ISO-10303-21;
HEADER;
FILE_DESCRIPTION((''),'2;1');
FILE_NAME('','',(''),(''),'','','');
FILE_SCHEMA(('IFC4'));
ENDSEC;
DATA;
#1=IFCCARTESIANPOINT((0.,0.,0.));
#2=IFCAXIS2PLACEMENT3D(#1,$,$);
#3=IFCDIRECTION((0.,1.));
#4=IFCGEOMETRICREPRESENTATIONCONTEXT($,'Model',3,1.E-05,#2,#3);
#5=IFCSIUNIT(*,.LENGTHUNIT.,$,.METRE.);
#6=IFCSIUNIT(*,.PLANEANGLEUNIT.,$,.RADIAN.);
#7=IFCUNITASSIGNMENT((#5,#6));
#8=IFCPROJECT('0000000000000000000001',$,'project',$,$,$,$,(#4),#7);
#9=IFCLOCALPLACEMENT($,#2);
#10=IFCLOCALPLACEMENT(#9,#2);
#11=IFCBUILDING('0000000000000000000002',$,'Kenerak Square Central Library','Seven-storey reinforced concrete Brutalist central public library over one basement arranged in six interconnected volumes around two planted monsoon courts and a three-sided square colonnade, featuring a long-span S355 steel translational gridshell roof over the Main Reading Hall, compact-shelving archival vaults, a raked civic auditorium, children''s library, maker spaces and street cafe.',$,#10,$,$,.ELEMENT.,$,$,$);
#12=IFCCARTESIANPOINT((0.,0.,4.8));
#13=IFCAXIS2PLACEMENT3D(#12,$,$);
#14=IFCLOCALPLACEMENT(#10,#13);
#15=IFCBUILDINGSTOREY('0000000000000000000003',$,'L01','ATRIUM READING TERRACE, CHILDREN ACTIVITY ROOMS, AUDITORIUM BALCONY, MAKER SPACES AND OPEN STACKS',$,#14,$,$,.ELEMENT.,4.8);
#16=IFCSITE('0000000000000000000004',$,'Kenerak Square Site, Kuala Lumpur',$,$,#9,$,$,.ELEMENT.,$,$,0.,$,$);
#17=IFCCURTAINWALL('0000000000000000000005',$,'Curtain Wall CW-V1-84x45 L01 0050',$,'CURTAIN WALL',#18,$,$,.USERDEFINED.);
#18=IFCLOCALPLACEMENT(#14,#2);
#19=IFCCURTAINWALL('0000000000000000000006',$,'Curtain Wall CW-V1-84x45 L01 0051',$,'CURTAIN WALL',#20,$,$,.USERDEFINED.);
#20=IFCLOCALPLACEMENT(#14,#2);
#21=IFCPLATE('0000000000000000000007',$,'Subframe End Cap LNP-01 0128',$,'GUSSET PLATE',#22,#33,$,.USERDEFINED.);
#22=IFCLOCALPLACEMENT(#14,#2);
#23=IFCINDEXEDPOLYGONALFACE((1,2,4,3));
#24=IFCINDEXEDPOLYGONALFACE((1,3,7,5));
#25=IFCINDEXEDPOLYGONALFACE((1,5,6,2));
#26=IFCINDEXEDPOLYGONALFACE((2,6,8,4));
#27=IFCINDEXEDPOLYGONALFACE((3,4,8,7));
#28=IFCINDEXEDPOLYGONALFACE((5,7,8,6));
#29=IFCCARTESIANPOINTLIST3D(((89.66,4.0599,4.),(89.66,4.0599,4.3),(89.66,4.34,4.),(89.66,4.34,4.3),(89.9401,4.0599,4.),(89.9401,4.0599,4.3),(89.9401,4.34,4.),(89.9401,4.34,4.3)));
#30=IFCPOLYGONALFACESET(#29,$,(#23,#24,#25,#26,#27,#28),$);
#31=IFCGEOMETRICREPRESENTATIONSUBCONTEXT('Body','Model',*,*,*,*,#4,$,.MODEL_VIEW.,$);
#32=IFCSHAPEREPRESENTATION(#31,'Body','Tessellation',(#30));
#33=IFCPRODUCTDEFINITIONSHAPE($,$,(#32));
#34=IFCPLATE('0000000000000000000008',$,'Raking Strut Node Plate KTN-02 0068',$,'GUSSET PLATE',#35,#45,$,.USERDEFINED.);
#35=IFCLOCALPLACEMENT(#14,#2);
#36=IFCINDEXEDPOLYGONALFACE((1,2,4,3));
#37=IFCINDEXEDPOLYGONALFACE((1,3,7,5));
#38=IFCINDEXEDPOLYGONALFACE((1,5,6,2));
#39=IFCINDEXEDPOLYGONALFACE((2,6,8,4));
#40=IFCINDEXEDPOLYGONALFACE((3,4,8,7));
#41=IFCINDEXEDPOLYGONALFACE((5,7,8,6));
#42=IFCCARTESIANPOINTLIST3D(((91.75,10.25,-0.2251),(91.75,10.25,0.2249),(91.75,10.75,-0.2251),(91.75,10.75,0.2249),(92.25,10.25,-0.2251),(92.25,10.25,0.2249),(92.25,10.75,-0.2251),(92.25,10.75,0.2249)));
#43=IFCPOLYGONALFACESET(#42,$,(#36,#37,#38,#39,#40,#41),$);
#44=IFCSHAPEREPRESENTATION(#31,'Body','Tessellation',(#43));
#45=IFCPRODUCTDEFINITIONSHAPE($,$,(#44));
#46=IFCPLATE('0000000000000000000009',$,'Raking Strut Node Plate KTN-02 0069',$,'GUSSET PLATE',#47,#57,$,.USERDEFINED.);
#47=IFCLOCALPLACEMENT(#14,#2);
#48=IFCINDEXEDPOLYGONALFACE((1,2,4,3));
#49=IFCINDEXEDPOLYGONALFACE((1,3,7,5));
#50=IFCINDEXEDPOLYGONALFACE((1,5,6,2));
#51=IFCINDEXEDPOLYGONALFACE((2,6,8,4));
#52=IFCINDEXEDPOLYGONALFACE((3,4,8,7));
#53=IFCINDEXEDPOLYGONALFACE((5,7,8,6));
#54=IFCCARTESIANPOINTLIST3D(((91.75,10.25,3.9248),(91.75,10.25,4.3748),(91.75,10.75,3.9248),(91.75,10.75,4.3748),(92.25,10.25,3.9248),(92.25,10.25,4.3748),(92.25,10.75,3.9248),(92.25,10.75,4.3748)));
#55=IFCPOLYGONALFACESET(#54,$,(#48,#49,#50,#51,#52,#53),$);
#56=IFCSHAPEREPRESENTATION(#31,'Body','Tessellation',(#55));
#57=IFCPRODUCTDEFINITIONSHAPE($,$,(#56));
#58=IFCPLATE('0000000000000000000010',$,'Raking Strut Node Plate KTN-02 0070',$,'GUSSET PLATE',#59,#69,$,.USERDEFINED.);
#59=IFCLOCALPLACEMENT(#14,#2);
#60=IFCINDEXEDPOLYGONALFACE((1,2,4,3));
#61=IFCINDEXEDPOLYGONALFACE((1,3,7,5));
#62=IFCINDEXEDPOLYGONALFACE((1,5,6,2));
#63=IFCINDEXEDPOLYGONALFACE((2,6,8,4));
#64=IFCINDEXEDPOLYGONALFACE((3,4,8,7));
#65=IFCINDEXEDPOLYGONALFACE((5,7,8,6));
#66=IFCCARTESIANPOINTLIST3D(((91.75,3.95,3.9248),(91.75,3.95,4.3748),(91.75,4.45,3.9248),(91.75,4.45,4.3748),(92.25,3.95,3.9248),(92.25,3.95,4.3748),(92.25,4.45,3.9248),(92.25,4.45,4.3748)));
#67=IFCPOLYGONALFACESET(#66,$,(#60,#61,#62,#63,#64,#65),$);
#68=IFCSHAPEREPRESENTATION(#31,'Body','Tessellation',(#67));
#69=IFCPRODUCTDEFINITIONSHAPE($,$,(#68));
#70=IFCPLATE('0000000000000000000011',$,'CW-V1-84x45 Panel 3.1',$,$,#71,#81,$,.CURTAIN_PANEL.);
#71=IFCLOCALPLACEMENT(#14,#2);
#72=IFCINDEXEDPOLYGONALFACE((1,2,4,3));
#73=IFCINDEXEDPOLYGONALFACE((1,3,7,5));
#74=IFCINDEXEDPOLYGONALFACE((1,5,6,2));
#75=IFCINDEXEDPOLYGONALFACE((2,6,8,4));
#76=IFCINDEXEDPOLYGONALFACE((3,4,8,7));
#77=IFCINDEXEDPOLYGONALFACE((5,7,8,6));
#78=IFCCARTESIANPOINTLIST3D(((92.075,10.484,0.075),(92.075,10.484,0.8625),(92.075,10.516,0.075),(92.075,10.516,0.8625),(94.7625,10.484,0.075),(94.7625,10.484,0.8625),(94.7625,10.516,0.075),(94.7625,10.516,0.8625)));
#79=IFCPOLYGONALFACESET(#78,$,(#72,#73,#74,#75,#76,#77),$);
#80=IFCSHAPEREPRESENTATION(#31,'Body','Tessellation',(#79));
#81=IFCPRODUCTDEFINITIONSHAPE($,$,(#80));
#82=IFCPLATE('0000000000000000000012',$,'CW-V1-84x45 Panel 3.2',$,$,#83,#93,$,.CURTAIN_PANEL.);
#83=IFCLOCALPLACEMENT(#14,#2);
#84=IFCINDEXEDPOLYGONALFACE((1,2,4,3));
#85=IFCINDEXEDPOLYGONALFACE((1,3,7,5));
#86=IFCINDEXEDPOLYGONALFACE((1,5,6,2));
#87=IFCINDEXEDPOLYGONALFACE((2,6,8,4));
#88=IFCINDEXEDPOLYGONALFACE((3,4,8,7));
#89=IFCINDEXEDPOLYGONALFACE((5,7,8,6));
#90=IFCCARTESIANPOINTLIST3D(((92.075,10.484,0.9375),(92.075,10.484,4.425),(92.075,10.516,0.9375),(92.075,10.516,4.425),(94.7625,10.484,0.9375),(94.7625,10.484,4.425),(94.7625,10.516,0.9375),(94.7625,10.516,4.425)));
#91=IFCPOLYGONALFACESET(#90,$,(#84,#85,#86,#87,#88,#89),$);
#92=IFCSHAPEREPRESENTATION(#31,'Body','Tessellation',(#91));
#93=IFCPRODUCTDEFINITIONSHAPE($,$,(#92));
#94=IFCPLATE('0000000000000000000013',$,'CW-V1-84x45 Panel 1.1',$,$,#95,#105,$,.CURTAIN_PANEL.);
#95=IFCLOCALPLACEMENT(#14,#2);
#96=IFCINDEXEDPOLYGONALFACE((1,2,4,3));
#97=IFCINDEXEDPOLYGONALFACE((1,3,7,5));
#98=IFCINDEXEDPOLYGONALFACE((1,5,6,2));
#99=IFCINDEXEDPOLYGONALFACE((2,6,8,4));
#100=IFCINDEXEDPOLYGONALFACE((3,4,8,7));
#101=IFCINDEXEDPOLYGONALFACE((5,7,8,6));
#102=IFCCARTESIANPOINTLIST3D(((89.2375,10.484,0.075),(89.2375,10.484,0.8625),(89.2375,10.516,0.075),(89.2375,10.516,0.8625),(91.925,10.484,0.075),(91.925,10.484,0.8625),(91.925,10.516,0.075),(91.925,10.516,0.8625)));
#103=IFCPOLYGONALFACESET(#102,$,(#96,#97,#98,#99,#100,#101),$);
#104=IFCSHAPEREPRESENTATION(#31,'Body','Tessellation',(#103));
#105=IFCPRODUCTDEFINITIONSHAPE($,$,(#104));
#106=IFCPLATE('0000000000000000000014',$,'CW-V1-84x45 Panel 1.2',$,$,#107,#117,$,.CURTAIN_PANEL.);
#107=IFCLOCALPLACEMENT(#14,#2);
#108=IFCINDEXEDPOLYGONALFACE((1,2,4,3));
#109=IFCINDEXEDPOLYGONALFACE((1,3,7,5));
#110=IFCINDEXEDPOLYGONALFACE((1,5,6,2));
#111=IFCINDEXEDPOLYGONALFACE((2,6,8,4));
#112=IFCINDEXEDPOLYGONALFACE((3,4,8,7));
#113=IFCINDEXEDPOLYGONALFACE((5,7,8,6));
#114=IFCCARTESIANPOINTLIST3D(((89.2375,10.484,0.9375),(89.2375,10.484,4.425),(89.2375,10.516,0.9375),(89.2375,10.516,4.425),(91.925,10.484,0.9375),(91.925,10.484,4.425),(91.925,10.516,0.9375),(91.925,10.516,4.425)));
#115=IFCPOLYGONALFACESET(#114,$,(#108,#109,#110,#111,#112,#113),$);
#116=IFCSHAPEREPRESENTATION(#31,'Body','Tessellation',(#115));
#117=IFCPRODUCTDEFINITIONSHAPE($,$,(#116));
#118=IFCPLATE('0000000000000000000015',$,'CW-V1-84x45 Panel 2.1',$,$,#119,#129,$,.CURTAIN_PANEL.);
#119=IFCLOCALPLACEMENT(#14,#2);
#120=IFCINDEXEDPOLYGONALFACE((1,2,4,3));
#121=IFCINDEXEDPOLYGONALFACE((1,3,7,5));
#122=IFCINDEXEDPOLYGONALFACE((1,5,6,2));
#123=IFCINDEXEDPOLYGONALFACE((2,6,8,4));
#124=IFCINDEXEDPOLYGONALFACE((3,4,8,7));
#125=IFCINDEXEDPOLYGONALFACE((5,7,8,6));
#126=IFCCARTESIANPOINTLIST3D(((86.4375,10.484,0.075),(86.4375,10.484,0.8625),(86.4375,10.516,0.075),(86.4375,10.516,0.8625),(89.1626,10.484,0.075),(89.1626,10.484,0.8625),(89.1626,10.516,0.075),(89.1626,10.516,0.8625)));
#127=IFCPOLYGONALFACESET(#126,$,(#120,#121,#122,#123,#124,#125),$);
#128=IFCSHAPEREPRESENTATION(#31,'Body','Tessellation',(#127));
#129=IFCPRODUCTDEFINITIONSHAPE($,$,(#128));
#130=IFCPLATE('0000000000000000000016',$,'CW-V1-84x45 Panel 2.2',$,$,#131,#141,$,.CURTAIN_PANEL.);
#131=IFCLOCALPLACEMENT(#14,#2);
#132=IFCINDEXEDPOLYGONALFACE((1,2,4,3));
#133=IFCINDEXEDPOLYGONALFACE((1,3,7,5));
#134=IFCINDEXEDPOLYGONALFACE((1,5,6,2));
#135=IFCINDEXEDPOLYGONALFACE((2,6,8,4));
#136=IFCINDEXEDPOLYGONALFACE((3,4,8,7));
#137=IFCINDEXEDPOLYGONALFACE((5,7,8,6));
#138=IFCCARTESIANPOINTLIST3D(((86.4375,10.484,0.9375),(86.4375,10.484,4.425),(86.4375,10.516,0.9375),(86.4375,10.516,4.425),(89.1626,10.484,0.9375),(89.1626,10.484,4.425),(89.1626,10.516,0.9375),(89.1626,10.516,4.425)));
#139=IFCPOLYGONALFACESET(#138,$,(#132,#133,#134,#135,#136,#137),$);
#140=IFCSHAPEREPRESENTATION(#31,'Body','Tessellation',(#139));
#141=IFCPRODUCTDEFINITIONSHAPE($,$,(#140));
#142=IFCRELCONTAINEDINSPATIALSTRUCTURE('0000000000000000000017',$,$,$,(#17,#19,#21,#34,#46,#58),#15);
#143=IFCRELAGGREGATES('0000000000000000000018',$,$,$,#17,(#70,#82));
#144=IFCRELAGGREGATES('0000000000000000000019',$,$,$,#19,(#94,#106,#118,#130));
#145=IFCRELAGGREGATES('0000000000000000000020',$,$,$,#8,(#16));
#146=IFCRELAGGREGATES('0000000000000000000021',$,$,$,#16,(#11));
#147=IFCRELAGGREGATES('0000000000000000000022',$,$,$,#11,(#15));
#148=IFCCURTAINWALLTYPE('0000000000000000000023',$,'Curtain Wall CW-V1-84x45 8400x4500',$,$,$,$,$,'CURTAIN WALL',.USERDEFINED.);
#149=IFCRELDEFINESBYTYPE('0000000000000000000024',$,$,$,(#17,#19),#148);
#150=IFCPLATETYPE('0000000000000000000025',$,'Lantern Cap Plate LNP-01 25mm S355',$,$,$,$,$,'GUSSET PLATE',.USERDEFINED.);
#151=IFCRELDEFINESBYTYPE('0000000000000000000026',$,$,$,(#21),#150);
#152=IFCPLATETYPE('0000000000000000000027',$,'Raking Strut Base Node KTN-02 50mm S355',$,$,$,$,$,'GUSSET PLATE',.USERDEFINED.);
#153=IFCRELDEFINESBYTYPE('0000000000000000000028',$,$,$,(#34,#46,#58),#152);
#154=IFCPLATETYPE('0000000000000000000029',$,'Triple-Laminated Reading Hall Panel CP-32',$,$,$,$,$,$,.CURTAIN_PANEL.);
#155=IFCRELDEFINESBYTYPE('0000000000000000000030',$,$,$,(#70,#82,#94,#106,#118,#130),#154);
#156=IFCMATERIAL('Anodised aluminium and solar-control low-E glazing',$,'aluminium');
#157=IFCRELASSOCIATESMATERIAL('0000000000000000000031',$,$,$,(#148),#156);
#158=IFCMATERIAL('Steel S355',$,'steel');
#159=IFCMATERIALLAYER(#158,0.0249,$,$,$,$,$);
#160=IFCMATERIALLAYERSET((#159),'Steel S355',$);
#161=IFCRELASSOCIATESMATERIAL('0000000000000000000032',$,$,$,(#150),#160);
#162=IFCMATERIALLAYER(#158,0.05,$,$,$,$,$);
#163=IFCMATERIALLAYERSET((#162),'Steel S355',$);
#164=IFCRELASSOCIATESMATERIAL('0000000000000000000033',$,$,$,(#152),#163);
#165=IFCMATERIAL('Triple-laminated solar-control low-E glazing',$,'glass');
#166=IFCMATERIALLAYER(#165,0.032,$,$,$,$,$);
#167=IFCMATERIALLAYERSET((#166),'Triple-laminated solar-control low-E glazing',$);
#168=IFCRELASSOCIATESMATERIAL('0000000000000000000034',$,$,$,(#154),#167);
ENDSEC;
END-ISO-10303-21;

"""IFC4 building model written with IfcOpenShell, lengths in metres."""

from ifc_helpers import new_model, si_unit, direction, frame, origin, origin_2d, place, context, subcontext, project, spatial, rectangle, extrude, material, layer, layer_set, type_object, element, aggregate, save


model = new_model("IFC4")

# Units and contexts
model_context = context("Model", 3, precision=1e-05, world=origin(), true_north=direction((0.0, 1.0)))
body_context = subcontext(model_context, "Body", "Model", "MODEL_VIEW")
ifc_project = project(units=[si_unit("LENGTHUNIT", "METRE"), si_unit("PLANEANGLEUNIT", "RADIAN")], contexts=[model_context])

# Site, building, storey
site_placement = place(None, origin())
site = spatial("IfcSite", under=ifc_project, at=site_placement, Name="Kenerak Square Site, Kuala Lumpur", CompositionType="ELEMENT", RefElevation=0.0)
building_placement = place(site_placement, origin())
building = spatial("IfcBuilding", under=site, at=building_placement, Name="Kenerak Square Central Library", Description="Seven-storey reinforced concrete Brutalist central public library over one basement arranged in six interconnected volumes around two planted monsoon courts and a three-sided square colonnade, featuring a long-span S355 steel translational gridshell roof over the Main Reading Hall, compact-shelving archival vaults, a raked civic auditorium, children's library, maker spaces and street cafe.", CompositionType="ELEMENT")
storey_placement = place(building_placement, frame((0.0, 0.0, 4.8)))
storey = spatial("IfcBuildingStorey", under=building, at=storey_placement, Name="L01", Description="ATRIUM READING TERRACE, CHILDREN ACTIVITY ROOMS, AUDITORIUM BALCONY, MAKER SPACES AND OPEN STACKS", CompositionType="ELEMENT", Elevation=4.8)

# Curtain wall
ifc_material_1 = material(Name="Anodised aluminium and solar-control low-E glazing", Category="aluminium")
curtain_wall_type = type_object("IfcCurtainWallType", Name="Curtain Wall CW-V1-84x45 8400x4500", ElementType="CURTAIN WALL", PredefinedType="USERDEFINED", material=ifc_material_1)
curtain_wall_1_placement = place(storey_placement, origin())
curtain_wall_1 = element("IfcCurtainWall", 1, at=curtain_wall_1_placement, inside=storey, type_object=curtain_wall_type, Name="Curtain Wall CW-V1-84x45 L01 0050", ObjectType="CURTAIN WALL", PredefinedType="USERDEFINED")

# Curtain wall
curtain_wall_2_placement = place(storey_placement, origin())
curtain_wall_2 = element("IfcCurtainWall", 2, at=curtain_wall_2_placement, inside=storey, type_object=curtain_wall_type, Name="Curtain Wall CW-V1-84x45 L01 0051", ObjectType="CURTAIN WALL", PredefinedType="USERDEFINED")

# Shared definitions
ifc_material_2 = material(Name="Steel S355", Category="steel")

# Plates
ifc_layer_1 = layer(ifc_material_2, 0.0249)
ifc_layer_set_1 = layer_set([ifc_layer_1], Name="Steel S355")
plate_type_1 = type_object("IfcPlateType", Name="Lantern Cap Plate LNP-01 25mm S355", ElementType="GUSSET PLATE", PredefinedType="USERDEFINED", material=ifc_layer_set_1)
plate_1_placement = place(storey_placement, frame((89.8, 4.2, 4.0), z_axis=(0.0, 0.0, 1.0), x_axis=(1.0, 0.0, 0.0)))
element("IfcPlate", 3, at=plate_1_placement, inside=storey, type_object=plate_type_1, Name="Subframe End Cap LNP-01 0128", ObjectType="GUSSET PLATE", PredefinedType="USERDEFINED", context=body_context, shape_type="SweptSolid", body=[
    extrude(rectangle(XDim=0.28, YDim=0.28, at=origin_2d()), origin(), (0.0, 0.0, 1.0), 0.3),
])
ifc_layer_2 = layer(ifc_material_2, 0.05)
ifc_layer_set_2 = layer_set([ifc_layer_2], Name="Steel S355")
plate_type_2 = type_object("IfcPlateType", Name="Raking Strut Base Node KTN-02 50mm S355", ElementType="GUSSET PLATE", PredefinedType="USERDEFINED", material=ifc_layer_set_2)
for number, where, z_axis, x_axis, name in (
    (4, (92.0, 10.5, -0.2251), (0.0, 0.0, 1.0), (1.0, 0.0, 0.0), "Raking Strut Node Plate KTN-02 0068"),
    (5, (92.0, 10.5, 3.9248), (0.0, 0.0, 1.0), (1.0, 0.0, 0.0), "Raking Strut Node Plate KTN-02 0069"),
    (6, (92.0, 4.2, 3.9248), (0.0, 0.0, 1.0), (1.0, 0.0, 0.0), "Raking Strut Node Plate KTN-02 0070"),
):
    element("IfcPlate", number, at=place(storey_placement, frame(where, z_axis=z_axis, x_axis=x_axis)), inside=storey, type_object=plate_type_2, Name=name, ObjectType="GUSSET PLATE", PredefinedType="USERDEFINED", context=body_context, shape_type="SweptSolid", body=[
        extrude(rectangle(XDim=0.5, YDim=0.5, at=origin_2d()), origin(), (0.0, 0.0, 1.0), 0.45),
    ])

# Plates
ifc_material_3 = material(Name="Triple-laminated solar-control low-E glazing", Category="glass")
ifc_layer_3 = layer(ifc_material_3, 0.032)
ifc_layer_set_3 = layer_set([ifc_layer_3], Name="Triple-laminated solar-control low-E glazing")
plate_type_3 = type_object("IfcPlateType", Name="Triple-Laminated Reading Hall Panel CP-32", PredefinedType="CURTAIN_PANEL", material=ifc_layer_set_3)
plate_2_placement = place(storey_placement, frame((93.4187, 10.5, 0.075), z_axis=(0.0, 0.0, 1.0), x_axis=(-1.0, 0.0, 0.0)))
plate_2 = element("IfcPlate", 7, at=plate_2_placement, type_object=plate_type_3, Name="CW-V1-84x45 Panel 3.1", PredefinedType="CURTAIN_PANEL", context=body_context, shape_type="SweptSolid", body=[
    extrude(rectangle(XDim=2.6875, YDim=0.032, at=origin_2d()), origin(), (0.0, 0.0, 1.0), 0.7876),
])
plate_3_placement = place(storey_placement, frame((93.4187, 10.5, 0.9375), z_axis=(0.0, 0.0, 1.0), x_axis=(-1.0, 0.0, 0.0)))
plate_3 = element("IfcPlate", 8, at=plate_3_placement, type_object=plate_type_3, Name="CW-V1-84x45 Panel 3.2", PredefinedType="CURTAIN_PANEL", context=body_context, shape_type="SweptSolid", body=[
    extrude(rectangle(XDim=2.6875, YDim=0.032, at=origin_2d()), origin(), (0.0, 0.0, 1.0), 3.4875),
])
aggregate(curtain_wall_1, [plate_2, plate_3])
plate_4_placement = place(storey_placement, frame((90.5813, 10.5, 0.075), z_axis=(0.0, 0.0, 1.0), x_axis=(-1.0, 0.0, 0.0)))
plate_4 = element("IfcPlate", 9, at=plate_4_placement, type_object=plate_type_3, Name="CW-V1-84x45 Panel 1.1", PredefinedType="CURTAIN_PANEL", context=body_context, shape_type="SweptSolid", body=[
    extrude(rectangle(XDim=2.6875, YDim=0.032, at=origin_2d()), origin(), (0.0, 0.0, 1.0), 0.7876),
])
plate_5_placement = place(storey_placement, frame((90.5813, 10.5, 0.9375), z_axis=(0.0, 0.0, 1.0), x_axis=(-1.0, 0.0, 0.0)))
plate_5 = element("IfcPlate", 10, at=plate_5_placement, type_object=plate_type_3, Name="CW-V1-84x45 Panel 1.2", PredefinedType="CURTAIN_PANEL", context=body_context, shape_type="SweptSolid", body=[
    extrude(rectangle(XDim=2.6875, YDim=0.032, at=origin_2d()), origin(), (0.0, 0.0, 1.0), 3.4875),
])
plate_6_placement = place(storey_placement, frame((87.8, 10.5, 0.075), z_axis=(0.0, 0.0, 1.0), x_axis=(-1.0, 0.0, 0.0)))
plate_6 = element("IfcPlate", 11, at=plate_6_placement, type_object=plate_type_3, Name="CW-V1-84x45 Panel 2.1", PredefinedType="CURTAIN_PANEL", context=body_context, shape_type="SweptSolid", body=[
    extrude(rectangle(XDim=2.7251, YDim=0.032, at=origin_2d()), origin(), (0.0, 0.0, 1.0), 0.7876),
])
plate_7_placement = place(storey_placement, frame((87.8, 10.5, 0.9375), z_axis=(0.0, 0.0, 1.0), x_axis=(-1.0, 0.0, 0.0)))
plate_7 = element("IfcPlate", 12, at=plate_7_placement, type_object=plate_type_3, Name="CW-V1-84x45 Panel 2.2", PredefinedType="CURTAIN_PANEL", context=body_context, shape_type="SweptSolid", body=[
    extrude(rectangle(XDim=2.7251, YDim=0.032, at=origin_2d()), origin(), (0.0, 0.0, 1.0), 3.4875),
])
aggregate(curtain_wall_2, [plate_4, plate_5, plate_6, plate_7])

save(model, "model.ifc")
